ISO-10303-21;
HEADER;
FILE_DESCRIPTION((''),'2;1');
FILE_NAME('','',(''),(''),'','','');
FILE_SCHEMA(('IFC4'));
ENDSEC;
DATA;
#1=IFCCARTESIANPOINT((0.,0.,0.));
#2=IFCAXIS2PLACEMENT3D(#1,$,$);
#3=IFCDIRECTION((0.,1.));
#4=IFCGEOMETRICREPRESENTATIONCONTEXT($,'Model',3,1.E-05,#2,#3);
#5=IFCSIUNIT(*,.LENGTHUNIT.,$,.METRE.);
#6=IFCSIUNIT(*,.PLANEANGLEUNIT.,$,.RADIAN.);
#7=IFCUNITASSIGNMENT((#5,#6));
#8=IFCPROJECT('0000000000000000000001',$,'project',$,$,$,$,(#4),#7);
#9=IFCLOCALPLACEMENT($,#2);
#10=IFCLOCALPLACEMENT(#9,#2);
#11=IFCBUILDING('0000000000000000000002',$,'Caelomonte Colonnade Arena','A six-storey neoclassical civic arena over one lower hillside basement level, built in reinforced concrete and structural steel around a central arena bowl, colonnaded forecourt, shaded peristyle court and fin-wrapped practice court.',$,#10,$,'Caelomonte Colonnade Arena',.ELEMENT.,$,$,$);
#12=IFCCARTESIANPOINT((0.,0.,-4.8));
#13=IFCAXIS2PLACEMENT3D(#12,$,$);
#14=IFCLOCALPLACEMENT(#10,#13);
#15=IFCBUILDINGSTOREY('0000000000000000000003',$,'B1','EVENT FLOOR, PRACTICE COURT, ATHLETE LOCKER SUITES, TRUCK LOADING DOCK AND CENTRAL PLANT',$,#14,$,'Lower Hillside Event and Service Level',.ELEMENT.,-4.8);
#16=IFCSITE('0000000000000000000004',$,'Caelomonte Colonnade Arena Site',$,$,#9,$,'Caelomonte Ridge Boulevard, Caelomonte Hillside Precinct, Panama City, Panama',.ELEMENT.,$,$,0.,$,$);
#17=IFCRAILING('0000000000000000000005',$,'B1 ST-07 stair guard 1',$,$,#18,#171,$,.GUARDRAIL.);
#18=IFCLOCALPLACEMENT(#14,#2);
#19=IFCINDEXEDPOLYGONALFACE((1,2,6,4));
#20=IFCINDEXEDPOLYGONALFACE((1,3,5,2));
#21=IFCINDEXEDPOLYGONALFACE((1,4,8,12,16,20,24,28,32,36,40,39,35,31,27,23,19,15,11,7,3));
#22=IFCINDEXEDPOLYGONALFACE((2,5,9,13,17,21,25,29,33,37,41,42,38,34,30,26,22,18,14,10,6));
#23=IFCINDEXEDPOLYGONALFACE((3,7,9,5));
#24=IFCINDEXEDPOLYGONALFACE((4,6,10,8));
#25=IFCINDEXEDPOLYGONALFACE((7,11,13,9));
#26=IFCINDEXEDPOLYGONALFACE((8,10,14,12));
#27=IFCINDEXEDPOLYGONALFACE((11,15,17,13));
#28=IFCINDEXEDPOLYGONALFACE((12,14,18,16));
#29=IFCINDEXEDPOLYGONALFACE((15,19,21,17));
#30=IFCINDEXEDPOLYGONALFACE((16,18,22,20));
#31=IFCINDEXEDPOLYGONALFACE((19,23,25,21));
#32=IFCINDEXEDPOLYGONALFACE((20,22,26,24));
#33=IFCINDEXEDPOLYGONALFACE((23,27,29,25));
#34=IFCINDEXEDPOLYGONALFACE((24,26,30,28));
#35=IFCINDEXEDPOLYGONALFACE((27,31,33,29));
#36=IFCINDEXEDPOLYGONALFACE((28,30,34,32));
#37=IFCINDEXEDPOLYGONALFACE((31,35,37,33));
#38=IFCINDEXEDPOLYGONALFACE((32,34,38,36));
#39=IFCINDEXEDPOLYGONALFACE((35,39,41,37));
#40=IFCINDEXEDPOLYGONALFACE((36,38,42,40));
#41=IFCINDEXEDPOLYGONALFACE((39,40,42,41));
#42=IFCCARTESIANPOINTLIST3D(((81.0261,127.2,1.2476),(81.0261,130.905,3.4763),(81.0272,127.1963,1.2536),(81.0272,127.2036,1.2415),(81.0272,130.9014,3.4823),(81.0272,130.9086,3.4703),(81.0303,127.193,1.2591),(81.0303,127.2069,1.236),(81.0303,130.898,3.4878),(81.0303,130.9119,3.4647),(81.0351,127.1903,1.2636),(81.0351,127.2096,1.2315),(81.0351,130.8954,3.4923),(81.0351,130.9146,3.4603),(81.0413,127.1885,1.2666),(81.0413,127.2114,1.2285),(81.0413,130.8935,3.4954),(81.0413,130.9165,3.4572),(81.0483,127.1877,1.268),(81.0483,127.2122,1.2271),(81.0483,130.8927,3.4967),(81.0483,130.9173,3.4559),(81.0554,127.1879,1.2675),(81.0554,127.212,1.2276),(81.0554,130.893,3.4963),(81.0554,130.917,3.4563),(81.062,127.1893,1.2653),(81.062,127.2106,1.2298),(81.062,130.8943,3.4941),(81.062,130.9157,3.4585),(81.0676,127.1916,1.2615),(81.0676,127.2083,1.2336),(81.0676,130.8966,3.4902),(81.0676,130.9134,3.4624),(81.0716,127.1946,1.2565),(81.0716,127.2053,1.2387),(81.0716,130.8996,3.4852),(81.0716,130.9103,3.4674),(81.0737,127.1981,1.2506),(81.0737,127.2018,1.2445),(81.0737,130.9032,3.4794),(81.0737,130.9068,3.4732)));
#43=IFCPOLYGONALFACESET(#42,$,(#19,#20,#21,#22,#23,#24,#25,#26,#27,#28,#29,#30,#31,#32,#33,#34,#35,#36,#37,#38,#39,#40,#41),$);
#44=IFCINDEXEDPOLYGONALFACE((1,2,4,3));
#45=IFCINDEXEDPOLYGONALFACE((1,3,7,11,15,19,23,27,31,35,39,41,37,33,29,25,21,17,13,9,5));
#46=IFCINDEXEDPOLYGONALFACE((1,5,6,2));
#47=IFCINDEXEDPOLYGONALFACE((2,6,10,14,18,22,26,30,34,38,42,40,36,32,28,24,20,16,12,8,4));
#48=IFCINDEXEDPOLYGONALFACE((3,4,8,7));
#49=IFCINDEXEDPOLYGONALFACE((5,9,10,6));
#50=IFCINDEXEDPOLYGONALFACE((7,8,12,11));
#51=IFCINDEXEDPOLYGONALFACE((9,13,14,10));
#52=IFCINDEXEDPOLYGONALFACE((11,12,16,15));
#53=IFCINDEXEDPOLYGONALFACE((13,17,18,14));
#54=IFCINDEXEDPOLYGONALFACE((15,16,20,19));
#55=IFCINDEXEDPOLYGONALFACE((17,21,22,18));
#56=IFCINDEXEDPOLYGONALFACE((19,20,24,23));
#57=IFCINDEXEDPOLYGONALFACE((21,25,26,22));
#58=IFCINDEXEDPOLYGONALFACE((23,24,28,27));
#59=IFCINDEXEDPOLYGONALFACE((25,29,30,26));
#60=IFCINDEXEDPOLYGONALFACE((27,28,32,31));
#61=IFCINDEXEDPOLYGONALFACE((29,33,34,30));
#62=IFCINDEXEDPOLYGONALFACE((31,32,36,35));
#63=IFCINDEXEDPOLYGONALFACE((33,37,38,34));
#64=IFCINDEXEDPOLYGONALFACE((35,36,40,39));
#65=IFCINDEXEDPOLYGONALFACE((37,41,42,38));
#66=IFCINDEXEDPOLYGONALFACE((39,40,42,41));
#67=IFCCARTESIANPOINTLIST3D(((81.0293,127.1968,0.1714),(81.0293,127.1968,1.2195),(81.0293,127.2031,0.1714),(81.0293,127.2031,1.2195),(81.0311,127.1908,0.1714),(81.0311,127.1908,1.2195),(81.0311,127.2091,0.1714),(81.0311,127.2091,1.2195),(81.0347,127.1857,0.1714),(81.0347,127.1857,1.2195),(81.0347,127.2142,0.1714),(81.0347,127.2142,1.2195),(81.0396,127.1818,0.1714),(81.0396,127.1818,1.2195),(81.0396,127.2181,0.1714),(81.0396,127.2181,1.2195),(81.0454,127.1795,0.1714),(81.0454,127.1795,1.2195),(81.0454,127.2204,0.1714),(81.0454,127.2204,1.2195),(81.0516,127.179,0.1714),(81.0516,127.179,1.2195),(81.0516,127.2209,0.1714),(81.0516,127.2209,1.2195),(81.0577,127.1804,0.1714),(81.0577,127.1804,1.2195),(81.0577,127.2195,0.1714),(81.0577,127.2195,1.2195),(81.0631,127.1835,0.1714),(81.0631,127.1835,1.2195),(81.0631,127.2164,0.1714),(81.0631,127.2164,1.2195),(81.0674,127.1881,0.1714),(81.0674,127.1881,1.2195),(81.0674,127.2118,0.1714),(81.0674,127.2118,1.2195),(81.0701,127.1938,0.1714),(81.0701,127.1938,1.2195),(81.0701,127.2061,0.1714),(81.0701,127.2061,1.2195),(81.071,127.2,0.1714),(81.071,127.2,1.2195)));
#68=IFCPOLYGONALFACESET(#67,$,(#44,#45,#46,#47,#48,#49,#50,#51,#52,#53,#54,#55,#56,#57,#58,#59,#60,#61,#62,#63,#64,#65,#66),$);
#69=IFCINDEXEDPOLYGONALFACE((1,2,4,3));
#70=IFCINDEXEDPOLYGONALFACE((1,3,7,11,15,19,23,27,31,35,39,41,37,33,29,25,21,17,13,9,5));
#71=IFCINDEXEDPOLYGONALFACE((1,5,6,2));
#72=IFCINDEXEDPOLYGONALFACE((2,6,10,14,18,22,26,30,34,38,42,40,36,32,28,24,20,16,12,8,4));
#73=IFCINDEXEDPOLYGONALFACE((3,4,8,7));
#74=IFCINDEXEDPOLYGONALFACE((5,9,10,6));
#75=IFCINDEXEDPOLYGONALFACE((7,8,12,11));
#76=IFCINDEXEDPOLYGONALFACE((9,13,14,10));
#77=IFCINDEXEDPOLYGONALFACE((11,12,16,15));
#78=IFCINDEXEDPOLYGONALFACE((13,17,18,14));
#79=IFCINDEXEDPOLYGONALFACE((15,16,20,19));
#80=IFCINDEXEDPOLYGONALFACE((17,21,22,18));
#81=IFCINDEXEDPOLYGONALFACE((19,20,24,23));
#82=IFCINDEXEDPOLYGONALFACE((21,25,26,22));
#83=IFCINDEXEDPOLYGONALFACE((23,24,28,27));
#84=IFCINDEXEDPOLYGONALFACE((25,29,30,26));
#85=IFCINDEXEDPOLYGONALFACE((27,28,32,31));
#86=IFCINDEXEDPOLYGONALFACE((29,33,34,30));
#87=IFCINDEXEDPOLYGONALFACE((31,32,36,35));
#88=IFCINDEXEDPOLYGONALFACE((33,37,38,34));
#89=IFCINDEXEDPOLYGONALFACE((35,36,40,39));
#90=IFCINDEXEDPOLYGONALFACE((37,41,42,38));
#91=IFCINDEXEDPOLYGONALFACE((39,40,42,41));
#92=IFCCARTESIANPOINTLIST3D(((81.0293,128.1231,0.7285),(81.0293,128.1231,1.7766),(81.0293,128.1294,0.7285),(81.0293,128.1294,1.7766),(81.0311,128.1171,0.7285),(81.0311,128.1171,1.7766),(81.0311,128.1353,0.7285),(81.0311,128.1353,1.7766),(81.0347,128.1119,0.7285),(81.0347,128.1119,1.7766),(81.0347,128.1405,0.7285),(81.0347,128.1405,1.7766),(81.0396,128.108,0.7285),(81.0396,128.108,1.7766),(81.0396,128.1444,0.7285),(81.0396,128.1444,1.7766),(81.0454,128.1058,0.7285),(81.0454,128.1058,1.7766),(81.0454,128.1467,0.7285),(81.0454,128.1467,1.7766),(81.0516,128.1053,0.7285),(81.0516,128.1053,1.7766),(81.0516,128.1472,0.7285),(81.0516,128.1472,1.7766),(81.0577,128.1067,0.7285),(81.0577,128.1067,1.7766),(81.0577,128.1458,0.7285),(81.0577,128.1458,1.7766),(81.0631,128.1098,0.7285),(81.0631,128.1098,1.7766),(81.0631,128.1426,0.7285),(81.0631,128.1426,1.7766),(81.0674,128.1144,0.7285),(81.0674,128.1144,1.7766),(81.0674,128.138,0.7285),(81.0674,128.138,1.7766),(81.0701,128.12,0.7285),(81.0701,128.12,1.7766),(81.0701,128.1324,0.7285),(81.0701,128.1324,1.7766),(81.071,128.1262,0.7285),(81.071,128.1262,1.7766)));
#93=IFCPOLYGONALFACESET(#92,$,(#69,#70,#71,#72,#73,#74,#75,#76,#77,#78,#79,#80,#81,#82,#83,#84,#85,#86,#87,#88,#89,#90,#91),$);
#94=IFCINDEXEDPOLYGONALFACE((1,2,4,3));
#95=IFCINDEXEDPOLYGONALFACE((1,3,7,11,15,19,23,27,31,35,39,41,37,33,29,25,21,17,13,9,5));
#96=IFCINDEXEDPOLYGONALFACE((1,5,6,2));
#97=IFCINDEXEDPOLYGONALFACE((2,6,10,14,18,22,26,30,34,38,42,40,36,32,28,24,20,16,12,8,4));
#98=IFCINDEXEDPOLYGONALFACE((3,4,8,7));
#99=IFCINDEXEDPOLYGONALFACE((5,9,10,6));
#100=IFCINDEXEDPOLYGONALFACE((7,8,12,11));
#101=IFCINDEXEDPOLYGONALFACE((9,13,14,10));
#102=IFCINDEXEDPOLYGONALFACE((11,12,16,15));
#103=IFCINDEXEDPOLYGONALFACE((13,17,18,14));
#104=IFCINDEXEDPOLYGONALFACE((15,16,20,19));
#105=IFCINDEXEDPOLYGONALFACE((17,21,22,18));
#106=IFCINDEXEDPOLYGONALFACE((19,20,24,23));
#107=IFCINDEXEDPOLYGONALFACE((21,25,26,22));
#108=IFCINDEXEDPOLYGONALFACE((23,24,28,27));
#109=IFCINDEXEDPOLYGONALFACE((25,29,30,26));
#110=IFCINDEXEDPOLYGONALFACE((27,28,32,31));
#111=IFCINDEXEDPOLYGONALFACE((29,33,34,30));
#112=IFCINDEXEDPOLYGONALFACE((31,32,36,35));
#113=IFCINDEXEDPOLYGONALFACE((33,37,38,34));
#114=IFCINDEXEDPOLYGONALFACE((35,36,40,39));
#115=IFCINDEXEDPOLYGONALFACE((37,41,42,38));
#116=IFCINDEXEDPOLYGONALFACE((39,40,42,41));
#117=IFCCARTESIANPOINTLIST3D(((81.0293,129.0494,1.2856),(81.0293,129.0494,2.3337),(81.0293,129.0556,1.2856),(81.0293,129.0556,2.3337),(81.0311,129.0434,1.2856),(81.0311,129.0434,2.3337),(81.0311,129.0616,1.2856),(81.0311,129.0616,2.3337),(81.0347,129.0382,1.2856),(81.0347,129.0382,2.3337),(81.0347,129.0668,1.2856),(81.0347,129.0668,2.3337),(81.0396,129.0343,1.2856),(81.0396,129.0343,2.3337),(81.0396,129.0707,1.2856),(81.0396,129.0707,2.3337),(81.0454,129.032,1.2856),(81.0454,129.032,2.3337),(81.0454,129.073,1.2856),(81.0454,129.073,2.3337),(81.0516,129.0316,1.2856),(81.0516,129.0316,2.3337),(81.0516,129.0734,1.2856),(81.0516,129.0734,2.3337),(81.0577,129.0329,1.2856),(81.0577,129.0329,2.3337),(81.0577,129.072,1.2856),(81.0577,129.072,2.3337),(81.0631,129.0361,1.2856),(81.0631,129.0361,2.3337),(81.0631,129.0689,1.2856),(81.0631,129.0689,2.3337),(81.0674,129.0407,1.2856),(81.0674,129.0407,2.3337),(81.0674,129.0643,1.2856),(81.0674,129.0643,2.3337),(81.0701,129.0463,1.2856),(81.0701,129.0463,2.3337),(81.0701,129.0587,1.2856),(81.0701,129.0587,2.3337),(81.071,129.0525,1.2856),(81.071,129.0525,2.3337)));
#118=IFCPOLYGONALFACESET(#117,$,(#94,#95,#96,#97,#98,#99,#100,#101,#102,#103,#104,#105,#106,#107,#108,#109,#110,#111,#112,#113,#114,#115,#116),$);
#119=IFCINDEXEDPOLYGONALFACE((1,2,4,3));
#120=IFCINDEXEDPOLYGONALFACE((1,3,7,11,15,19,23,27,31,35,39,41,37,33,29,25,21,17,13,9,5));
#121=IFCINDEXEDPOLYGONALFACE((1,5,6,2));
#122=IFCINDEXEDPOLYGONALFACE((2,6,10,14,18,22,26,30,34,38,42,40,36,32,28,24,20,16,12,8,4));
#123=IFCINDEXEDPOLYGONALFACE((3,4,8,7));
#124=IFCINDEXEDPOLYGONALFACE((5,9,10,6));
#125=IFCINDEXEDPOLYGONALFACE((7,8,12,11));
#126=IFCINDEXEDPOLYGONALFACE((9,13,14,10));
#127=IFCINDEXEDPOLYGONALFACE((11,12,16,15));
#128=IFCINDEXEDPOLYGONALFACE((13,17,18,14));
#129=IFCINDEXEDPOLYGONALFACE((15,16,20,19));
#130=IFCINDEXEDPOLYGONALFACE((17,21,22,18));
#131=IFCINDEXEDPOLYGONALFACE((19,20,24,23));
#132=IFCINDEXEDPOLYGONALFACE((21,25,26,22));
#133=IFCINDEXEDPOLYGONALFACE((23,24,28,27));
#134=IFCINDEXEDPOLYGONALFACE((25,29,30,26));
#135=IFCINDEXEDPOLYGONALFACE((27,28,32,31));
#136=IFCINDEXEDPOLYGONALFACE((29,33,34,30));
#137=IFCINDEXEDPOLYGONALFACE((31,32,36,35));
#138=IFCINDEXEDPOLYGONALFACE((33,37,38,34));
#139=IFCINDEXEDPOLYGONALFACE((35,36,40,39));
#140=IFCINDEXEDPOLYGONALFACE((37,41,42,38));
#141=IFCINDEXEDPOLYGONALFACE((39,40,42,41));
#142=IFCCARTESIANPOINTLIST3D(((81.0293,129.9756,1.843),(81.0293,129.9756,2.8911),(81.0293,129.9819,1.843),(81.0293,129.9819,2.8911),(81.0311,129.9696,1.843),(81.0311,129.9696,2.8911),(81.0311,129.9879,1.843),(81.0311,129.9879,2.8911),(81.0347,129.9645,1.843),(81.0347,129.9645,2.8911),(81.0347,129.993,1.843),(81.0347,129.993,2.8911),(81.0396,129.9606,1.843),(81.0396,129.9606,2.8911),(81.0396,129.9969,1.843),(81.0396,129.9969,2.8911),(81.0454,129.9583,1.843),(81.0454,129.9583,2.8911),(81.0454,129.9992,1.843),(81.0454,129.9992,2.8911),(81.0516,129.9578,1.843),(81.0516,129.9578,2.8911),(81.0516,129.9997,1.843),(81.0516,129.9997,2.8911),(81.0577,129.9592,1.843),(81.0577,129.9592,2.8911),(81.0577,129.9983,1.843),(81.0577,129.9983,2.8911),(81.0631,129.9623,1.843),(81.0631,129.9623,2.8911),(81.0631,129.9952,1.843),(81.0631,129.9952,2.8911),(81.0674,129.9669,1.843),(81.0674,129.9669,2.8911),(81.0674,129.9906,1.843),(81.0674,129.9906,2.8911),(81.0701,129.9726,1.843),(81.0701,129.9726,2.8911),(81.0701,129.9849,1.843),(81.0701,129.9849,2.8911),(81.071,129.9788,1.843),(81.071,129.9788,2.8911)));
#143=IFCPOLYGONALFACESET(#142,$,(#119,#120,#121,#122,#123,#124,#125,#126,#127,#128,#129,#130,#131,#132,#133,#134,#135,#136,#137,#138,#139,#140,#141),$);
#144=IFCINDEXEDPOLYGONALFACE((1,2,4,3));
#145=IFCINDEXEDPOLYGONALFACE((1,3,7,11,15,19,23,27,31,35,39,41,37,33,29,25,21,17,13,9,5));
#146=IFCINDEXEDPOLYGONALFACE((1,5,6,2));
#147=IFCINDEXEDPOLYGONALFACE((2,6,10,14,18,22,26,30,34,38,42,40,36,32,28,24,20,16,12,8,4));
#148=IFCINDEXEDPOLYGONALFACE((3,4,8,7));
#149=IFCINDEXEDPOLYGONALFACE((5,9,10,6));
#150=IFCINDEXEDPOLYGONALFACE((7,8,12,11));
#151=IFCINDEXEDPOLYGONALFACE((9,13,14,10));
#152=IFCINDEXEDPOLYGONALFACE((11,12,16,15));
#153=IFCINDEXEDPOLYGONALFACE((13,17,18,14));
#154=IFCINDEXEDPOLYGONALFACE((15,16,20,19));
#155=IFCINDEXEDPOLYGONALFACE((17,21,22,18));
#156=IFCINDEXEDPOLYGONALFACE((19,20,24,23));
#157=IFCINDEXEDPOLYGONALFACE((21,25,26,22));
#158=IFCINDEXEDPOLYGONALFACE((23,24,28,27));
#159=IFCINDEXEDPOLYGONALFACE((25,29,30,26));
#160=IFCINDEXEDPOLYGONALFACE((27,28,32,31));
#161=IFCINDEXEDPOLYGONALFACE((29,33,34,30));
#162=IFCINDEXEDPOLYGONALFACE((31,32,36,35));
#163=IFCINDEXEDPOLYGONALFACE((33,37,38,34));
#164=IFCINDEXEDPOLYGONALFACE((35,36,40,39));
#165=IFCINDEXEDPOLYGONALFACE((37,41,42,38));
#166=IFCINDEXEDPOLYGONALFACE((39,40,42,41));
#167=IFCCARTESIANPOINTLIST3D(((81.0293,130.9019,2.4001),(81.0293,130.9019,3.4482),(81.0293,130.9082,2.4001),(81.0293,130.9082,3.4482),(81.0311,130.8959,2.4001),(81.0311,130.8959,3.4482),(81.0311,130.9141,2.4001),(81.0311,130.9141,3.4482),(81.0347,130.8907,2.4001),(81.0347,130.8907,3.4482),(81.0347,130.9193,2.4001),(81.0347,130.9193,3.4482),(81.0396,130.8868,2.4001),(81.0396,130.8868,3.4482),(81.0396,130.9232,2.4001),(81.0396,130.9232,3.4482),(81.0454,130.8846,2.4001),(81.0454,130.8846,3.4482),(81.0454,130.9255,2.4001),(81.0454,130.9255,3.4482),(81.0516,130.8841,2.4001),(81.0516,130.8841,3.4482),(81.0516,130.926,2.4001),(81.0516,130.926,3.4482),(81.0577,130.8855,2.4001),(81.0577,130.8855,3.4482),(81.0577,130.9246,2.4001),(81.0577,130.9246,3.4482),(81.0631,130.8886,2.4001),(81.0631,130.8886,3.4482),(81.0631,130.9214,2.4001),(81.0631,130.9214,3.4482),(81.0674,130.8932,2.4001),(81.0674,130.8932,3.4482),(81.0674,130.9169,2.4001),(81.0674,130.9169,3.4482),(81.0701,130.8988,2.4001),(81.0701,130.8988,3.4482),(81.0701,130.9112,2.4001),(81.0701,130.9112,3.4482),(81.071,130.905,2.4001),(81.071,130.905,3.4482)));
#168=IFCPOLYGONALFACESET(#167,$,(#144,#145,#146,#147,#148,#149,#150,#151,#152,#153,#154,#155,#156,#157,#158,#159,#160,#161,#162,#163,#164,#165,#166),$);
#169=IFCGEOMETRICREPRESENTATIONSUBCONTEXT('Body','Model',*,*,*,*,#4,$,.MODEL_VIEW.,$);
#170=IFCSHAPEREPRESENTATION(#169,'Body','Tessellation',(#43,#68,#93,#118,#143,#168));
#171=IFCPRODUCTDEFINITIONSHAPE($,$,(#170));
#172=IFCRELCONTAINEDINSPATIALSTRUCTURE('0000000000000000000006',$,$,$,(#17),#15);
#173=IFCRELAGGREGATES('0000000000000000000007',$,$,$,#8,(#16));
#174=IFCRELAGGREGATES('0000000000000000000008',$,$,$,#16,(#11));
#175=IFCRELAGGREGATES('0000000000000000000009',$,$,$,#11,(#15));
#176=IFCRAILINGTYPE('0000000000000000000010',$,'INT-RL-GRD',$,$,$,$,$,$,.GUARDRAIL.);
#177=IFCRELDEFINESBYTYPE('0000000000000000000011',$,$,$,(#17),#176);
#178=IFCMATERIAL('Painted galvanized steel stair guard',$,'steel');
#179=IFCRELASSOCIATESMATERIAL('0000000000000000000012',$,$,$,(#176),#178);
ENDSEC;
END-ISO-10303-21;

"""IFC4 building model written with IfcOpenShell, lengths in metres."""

from ifc_helpers import new_model, si_unit, direction, frame, origin, origin_2d, place, context, subcontext, project, spatial, circle, extrude, material, type_object, element, save


model = new_model("IFC4")

# Units and contexts
model_context = context("Model", 3, precision=1e-05, world=origin(), true_north=direction((0.0, 1.0)))
body_context = subcontext(model_context, "Body", "Model", "MODEL_VIEW")
ifc_project = project(units=[si_unit("LENGTHUNIT", "METRE"), si_unit("PLANEANGLEUNIT", "RADIAN")], contexts=[model_context])

# Site, building, storey
site_placement = place(None, origin())
site = spatial("IfcSite", under=ifc_project, at=site_placement, Name="Caelomonte Colonnade Arena Site", LongName="Caelomonte Ridge Boulevard, Caelomonte Hillside Precinct, Panama City, Panama", CompositionType="ELEMENT", RefElevation=0.0)
building_placement = place(site_placement, origin())
building = spatial("IfcBuilding", under=site, at=building_placement, Name="Caelomonte Colonnade Arena", Description="A six-storey neoclassical civic arena over one lower hillside basement level, built in reinforced concrete and structural steel around a central arena bowl, colonnaded forecourt, shaded peristyle court and fin-wrapped practice court.", LongName="Caelomonte Colonnade Arena", CompositionType="ELEMENT")
storey_placement = place(building_placement, frame((0.0, 0.0, -4.8)))
storey = spatial("IfcBuildingStorey", under=building, at=storey_placement, Name="B1", Description="EVENT FLOOR, PRACTICE COURT, ATHLETE LOCKER SUITES, TRUCK LOADING DOCK AND CENTRAL PLANT", LongName="Lower Hillside Event and Service Level", CompositionType="ELEMENT", Elevation=-4.8)

# Railing
ifc_material_1 = material(Name="Painted galvanized steel stair guard", Category="steel")
railing_type_1 = type_object("IfcRailingType", Name="INT-RL-GRD", PredefinedType="GUARDRAIL", material=ifc_material_1)
railing_1_placement = place(storey_placement, frame((81.05, 127.2, 0.1714)))
element("IfcRailing", 1, at=railing_1_placement, inside=storey, type_object=railing_type_1, Name="B1 ST-07 stair guard 1", PredefinedType="GUARDRAIL", context=body_context, shape_type="SweptSolid", body=[
    extrude(circle(Radius=0.0239, at=origin_2d()), frame((0.0, 0.0, 1.0762), z_axis=(0.0, 0.856909, 0.515467), x_axis=(-1.0, 0.0, 0.0)), (0.0, 0.0, 1.0), 4.3237),
    extrude(circle(Radius=0.021, at=origin_2d()), origin(), (0.0, 0.0, 1.0), 1.0481),
    extrude(circle(Radius=0.021, at=origin_2d()), frame((0.0, 0.9263, 0.5571)), (0.0, 0.0, 1.0), 1.0481),
    extrude(circle(Radius=0.021, at=origin_2d()), frame((0.0, 1.8525, 1.1143)), (0.0, 0.0, 1.0), 1.0481),
    extrude(circle(Radius=0.021, at=origin_2d()), frame((0.0, 2.7788, 1.6716)), (0.0, 0.0, 1.0), 1.0481),
    extrude(circle(Radius=0.021, at=origin_2d()), frame((0.0, 3.7051, 2.2288)), (0.0, 0.0, 1.0), 1.0481),
])

save(model, "model.ifc")
